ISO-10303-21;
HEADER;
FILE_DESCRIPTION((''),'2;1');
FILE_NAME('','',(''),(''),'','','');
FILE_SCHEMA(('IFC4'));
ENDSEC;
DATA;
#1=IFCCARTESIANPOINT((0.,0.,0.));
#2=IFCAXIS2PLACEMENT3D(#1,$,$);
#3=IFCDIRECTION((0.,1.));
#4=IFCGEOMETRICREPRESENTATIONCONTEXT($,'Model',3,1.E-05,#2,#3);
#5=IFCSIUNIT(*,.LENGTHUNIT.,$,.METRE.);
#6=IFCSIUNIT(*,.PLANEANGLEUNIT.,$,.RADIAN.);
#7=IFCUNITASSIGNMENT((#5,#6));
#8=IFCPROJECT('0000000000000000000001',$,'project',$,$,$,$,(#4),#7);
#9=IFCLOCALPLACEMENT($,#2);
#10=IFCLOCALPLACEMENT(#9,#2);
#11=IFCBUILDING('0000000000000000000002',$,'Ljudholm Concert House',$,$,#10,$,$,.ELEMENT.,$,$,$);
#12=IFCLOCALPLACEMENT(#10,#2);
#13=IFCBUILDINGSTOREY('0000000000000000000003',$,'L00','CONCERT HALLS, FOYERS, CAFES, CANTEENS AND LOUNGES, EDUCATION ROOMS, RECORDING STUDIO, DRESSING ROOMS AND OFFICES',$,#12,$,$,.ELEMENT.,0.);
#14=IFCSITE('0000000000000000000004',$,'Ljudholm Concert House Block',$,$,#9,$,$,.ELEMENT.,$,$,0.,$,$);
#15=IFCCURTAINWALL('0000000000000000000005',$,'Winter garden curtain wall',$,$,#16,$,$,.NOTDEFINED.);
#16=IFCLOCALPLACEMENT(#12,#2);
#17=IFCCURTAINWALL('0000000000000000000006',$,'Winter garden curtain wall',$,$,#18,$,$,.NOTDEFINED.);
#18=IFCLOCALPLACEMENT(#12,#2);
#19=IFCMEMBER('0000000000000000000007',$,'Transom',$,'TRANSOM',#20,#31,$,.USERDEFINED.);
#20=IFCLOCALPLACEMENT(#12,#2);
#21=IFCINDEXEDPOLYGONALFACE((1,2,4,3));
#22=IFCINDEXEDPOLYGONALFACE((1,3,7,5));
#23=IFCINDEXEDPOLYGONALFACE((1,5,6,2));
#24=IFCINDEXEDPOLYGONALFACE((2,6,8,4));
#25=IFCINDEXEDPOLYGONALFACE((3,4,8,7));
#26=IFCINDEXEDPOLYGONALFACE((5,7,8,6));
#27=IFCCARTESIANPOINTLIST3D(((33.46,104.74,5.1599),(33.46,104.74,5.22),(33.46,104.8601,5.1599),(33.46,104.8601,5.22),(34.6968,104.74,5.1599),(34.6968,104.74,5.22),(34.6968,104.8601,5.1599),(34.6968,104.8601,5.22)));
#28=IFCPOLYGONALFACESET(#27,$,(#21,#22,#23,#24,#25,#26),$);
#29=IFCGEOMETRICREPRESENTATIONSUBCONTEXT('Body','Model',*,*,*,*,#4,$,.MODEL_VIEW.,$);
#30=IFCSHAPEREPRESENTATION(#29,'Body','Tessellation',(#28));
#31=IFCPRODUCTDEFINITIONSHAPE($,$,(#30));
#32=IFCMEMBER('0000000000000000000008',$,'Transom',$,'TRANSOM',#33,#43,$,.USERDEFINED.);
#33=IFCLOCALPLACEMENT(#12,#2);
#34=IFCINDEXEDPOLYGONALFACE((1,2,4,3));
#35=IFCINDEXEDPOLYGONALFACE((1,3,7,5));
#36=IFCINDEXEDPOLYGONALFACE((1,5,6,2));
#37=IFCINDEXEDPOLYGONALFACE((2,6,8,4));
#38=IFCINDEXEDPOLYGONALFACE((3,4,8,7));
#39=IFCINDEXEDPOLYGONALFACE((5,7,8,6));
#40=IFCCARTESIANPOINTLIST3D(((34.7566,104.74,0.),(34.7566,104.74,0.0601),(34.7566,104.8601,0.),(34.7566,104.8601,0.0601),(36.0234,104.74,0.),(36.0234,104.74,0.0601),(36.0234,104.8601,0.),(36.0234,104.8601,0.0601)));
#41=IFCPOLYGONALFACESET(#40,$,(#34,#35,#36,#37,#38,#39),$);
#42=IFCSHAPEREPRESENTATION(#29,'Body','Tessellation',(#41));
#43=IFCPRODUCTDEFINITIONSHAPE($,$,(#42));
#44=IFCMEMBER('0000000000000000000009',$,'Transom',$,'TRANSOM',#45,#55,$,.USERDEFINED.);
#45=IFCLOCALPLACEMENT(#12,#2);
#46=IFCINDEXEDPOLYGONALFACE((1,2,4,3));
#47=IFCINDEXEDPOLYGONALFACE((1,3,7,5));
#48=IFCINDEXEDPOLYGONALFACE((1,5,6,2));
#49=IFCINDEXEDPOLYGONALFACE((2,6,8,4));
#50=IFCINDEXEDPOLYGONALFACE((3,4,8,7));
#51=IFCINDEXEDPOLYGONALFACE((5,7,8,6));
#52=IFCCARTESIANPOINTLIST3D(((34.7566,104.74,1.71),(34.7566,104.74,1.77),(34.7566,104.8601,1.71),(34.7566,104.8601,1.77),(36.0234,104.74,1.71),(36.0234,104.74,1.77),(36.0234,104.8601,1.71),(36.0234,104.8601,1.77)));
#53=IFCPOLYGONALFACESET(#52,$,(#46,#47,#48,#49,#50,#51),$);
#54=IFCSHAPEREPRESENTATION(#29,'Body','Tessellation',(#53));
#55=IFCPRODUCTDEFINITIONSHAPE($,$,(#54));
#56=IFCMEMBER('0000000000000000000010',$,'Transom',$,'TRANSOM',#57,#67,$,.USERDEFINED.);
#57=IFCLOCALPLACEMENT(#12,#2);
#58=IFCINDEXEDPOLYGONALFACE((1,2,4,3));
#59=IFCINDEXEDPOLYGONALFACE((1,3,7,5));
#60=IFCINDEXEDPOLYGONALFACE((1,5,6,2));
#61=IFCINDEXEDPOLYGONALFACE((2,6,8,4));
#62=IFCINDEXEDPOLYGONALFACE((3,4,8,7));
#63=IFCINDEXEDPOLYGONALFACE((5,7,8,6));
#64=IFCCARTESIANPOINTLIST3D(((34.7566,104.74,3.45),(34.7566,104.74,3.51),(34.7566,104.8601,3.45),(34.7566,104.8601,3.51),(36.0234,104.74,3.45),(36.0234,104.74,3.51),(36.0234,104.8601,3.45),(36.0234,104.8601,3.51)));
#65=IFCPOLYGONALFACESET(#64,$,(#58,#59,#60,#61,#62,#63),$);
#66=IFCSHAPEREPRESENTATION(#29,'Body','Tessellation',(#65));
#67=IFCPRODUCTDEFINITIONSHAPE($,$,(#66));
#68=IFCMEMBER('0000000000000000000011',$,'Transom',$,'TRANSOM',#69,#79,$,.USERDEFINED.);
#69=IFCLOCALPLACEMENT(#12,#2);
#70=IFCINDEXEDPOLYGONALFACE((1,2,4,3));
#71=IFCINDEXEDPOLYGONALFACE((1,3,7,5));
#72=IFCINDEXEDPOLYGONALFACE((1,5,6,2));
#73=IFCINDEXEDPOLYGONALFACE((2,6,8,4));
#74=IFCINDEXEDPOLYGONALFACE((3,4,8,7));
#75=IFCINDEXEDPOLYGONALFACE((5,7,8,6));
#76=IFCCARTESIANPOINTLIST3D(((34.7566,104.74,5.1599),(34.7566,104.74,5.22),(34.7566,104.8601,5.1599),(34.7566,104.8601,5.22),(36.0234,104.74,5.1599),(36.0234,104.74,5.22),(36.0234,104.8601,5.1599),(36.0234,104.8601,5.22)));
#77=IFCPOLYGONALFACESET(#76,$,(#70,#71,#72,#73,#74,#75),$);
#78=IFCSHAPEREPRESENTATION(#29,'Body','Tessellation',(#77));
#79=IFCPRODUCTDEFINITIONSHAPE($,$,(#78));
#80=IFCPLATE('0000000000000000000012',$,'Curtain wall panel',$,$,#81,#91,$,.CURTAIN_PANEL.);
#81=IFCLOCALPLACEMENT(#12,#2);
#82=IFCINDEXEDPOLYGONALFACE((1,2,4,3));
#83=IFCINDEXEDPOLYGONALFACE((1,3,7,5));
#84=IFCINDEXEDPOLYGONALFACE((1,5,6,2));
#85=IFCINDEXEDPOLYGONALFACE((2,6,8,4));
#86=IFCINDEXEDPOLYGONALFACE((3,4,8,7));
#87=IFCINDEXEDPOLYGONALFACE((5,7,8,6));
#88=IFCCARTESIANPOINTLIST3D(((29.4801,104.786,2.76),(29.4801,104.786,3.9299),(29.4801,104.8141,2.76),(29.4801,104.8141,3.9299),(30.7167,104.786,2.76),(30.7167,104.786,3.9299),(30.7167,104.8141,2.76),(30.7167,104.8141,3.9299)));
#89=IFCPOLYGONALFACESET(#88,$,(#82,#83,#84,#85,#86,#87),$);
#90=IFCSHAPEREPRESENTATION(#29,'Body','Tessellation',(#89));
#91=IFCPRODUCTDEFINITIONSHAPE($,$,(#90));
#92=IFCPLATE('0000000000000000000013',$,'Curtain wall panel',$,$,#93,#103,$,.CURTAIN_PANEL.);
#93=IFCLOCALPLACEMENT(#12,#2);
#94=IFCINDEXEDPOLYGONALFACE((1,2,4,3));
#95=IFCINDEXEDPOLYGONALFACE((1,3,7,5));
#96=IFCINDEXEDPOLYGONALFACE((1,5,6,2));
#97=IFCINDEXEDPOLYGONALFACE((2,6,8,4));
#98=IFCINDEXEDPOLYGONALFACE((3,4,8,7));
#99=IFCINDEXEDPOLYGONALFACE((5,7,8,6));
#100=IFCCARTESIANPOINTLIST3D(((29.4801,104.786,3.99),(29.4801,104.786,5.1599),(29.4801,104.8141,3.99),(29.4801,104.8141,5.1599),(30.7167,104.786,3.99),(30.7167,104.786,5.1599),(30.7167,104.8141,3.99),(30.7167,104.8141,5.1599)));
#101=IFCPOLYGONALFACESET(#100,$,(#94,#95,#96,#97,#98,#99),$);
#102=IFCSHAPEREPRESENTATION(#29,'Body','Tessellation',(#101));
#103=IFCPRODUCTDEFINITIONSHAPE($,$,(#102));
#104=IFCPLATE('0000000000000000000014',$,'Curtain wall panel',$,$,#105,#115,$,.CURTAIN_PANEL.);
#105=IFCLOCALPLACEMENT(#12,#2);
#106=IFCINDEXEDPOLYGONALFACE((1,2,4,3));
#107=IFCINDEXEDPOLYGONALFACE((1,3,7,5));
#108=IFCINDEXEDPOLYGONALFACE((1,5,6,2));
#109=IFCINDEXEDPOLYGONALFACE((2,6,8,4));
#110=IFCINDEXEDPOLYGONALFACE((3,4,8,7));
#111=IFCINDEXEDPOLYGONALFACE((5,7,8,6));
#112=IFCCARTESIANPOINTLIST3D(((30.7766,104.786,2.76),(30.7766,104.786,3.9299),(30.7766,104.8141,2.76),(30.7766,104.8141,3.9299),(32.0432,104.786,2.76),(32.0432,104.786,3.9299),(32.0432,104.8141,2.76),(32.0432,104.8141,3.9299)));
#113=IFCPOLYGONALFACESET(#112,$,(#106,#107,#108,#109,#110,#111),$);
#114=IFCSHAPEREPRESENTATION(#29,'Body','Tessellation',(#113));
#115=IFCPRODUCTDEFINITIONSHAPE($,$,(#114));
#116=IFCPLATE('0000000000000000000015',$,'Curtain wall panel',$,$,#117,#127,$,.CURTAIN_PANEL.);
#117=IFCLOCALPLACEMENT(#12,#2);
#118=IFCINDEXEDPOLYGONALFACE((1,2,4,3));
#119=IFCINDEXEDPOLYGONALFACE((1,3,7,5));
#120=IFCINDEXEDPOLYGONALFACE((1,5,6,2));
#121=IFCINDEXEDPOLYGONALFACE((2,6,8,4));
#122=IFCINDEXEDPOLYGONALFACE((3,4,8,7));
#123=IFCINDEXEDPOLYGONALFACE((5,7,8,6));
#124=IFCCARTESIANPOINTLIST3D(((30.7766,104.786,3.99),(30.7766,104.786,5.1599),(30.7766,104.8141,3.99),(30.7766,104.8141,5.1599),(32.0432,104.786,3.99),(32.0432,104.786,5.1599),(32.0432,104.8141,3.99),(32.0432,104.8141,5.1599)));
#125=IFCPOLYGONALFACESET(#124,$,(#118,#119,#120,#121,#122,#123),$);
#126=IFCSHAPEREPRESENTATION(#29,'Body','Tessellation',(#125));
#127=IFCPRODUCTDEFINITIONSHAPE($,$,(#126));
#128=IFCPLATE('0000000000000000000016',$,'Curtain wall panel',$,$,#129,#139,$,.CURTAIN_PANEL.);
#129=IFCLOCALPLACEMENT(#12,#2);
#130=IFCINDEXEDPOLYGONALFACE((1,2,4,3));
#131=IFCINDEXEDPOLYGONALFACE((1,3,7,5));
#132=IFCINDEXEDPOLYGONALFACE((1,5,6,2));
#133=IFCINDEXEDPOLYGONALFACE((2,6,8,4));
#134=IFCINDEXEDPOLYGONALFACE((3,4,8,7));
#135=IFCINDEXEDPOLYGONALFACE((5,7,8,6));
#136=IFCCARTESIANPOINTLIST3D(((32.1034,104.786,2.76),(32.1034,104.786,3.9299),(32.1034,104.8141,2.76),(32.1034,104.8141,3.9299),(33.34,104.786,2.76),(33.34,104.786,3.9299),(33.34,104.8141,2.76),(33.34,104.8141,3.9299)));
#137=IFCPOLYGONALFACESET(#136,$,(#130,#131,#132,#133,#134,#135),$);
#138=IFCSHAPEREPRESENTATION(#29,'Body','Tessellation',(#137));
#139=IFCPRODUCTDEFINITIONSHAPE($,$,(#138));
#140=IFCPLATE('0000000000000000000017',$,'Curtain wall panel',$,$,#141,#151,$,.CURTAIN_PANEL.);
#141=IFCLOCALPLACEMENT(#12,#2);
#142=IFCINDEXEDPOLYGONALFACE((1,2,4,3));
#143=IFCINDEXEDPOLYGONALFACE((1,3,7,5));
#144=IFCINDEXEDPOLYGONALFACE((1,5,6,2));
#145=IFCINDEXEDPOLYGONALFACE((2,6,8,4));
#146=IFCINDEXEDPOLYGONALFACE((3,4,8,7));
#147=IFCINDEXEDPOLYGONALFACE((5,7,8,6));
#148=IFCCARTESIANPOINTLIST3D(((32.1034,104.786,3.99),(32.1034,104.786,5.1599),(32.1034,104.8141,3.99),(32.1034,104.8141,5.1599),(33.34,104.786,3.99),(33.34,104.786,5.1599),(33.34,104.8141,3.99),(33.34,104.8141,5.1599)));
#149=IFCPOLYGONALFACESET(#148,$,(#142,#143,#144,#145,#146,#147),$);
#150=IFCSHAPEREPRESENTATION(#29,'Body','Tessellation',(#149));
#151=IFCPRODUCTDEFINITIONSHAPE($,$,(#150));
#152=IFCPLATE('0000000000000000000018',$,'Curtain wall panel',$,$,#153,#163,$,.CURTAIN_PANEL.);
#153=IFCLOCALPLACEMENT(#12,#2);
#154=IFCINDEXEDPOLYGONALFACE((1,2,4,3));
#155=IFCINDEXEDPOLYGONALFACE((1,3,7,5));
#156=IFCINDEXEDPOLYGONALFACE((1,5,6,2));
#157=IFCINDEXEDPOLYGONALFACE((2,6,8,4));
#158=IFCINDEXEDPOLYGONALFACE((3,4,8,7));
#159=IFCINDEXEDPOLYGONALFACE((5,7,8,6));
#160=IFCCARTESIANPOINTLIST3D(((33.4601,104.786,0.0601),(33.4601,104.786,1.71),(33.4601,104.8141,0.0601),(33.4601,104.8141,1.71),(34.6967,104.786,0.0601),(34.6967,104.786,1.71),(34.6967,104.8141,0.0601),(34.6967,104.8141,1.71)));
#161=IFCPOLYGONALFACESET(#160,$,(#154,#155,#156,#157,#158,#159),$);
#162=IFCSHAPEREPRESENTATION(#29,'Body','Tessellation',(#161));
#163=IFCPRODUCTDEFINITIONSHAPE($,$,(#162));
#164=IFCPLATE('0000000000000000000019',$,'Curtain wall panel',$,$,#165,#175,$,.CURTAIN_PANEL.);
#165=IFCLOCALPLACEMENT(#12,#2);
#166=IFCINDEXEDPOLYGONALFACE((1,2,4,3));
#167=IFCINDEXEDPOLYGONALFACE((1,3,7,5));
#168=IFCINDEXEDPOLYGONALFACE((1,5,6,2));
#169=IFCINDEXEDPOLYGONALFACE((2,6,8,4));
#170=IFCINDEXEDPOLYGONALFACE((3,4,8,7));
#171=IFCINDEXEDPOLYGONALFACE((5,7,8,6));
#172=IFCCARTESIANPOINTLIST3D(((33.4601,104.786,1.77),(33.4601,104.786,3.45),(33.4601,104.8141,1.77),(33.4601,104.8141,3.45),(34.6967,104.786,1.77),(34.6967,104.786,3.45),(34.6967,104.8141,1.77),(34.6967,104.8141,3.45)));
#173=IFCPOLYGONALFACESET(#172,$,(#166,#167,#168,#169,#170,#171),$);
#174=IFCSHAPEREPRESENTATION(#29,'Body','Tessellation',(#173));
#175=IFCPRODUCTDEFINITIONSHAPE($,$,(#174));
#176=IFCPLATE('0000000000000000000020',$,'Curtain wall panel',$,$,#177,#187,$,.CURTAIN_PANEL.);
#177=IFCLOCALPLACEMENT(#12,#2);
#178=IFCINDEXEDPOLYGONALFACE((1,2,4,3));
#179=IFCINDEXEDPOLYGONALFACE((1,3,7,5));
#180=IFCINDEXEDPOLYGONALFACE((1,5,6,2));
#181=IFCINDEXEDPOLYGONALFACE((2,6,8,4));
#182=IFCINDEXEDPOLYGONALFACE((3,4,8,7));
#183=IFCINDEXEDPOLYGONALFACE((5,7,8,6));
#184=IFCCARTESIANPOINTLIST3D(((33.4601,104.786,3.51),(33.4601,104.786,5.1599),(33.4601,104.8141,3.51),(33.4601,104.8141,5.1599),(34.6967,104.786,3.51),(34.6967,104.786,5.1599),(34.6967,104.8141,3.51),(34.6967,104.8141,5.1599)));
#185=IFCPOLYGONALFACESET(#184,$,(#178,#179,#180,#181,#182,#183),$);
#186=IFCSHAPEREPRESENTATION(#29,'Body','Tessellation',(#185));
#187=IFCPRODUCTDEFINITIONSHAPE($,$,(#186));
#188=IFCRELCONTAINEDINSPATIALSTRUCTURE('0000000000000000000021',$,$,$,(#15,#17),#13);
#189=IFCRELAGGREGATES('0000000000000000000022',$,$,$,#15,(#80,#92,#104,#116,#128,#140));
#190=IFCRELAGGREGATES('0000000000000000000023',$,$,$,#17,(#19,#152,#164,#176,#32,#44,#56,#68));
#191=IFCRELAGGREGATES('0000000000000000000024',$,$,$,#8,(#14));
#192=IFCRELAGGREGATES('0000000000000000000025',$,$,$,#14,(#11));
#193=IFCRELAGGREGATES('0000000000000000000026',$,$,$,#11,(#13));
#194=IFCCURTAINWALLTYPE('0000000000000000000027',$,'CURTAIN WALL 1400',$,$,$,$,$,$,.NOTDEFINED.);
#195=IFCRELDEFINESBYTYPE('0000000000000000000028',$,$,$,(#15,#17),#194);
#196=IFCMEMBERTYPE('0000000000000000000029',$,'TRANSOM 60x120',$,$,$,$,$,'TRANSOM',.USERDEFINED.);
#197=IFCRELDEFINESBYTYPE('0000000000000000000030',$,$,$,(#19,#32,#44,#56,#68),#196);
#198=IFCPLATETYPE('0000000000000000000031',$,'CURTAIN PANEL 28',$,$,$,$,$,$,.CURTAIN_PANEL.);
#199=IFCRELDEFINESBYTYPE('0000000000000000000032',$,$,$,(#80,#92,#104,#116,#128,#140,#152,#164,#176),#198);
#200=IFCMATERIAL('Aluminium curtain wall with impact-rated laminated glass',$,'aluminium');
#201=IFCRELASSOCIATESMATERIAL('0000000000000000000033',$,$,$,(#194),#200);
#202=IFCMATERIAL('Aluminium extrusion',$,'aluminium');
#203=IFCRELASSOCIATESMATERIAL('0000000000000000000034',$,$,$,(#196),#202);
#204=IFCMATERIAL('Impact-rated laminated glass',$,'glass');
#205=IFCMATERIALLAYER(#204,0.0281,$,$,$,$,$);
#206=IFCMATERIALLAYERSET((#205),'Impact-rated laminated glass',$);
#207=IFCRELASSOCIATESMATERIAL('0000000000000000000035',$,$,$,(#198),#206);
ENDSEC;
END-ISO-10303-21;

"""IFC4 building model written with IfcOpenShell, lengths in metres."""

from ifc_helpers import new_model, si_unit, direction, frame, origin, origin_2d, place, context, subcontext, project, spatial, rectangle, extrude, material, layer, layer_set, material_profile, profile_set, type_object, element, aggregate, save


model = new_model("IFC4")

# Units and contexts
model_context = context("Model", 3, precision=1e-05, world=origin(), true_north=direction((0.0, 1.0)))
body_context = subcontext(model_context, "Body", "Model", "MODEL_VIEW")
ifc_project = project(units=[si_unit("LENGTHUNIT", "METRE"), si_unit("PLANEANGLEUNIT", "RADIAN")], contexts=[model_context])

# Site, building, storey
site_placement = place(None, origin())
site = spatial("IfcSite", under=ifc_project, at=site_placement, Name="Ljudholm Concert House Block", CompositionType="ELEMENT", RefElevation=0.0)
building_placement = place(site_placement, origin())
building = spatial("IfcBuilding", under=site, at=building_placement, Name="Ljudholm Concert House", CompositionType="ELEMENT")
storey_placement = place(building_placement, origin())
storey = spatial("IfcBuildingStorey", under=building, at=storey_placement, Name="L00", Description="CONCERT HALLS, FOYERS, CAFES, CANTEENS AND LOUNGES, EDUCATION ROOMS, RECORDING STUDIO, DRESSING ROOMS AND OFFICES", CompositionType="ELEMENT", Elevation=0.0)

# Curtain walls
ifc_material_1 = material(Name="Aluminium curtain wall with impact-rated laminated glass", Category="aluminium")
curtain_wall_type = type_object("IfcCurtainWallType", Name="CURTAIN WALL 1400", PredefinedType="NOTDEFINED", material=ifc_material_1)
curtain_wall_1_placement = place(storey_placement, origin())
curtain_wall_1 = element("IfcCurtainWall", 1, at=curtain_wall_1_placement, inside=storey, type_object=curtain_wall_type, Name="Winter garden curtain wall", PredefinedType="NOTDEFINED")
curtain_wall_2_placement = place(storey_placement, origin())
curtain_wall_2 = element("IfcCurtainWall", 2, at=curtain_wall_2_placement, inside=storey, type_object=curtain_wall_type, Name="Winter garden curtain wall", PredefinedType="NOTDEFINED")

# Members
ifc_material_2 = material(Name="Aluminium extrusion", Category="aluminium")
ifc_material_profile_1 = material_profile(ifc_material_2, rectangle(XDim=0.1201, YDim=0.0601, at=origin_2d()), Name="TRANSOM 60x120")
ifc_profile_set_1 = profile_set([ifc_material_profile_1], Name="Aluminium extrusion")
member_type_1 = type_object("IfcMemberType", Name="TRANSOM 60x120", ElementType="TRANSOM", PredefinedType="USERDEFINED", material=ifc_profile_set_1)
member_1_placement = place(storey_placement, frame((33.46, 104.8, 5.1899), z_axis=(1.0, 0.0, 0.0), x_axis=(0.0, 1.0, 0.0)))
member_1 = element("IfcMember", 3, at=member_1_placement, type_object=member_type_1, Name="Transom", ObjectType="TRANSOM", PredefinedType="USERDEFINED", context=body_context, shape_type="SweptSolid", body=[
    extrude(rectangle(XDim=0.1201, YDim=0.0601, at=origin_2d()), origin(), (0.0, 0.0, 1.0), 1.2368),
])
member_2_placement = place(storey_placement, frame((34.7566, 104.8, 0.03), z_axis=(1.0, 0.0, 0.0), x_axis=(0.0, 1.0, 0.0)))
member_2 = element("IfcMember", 4, at=member_2_placement, type_object=member_type_1, Name="Transom", ObjectType="TRANSOM", PredefinedType="USERDEFINED", context=body_context, shape_type="SweptSolid", body=[
    extrude(rectangle(XDim=0.1201, YDim=0.0601, at=origin_2d()), origin(), (0.0, 0.0, 1.0), 1.2668),
])
member_3_placement = place(storey_placement, frame((34.7566, 104.8, 1.74), z_axis=(1.0, 0.0, 0.0), x_axis=(0.0, 1.0, 0.0)))
member_3 = element("IfcMember", 5, at=member_3_placement, type_object=member_type_1, Name="Transom", ObjectType="TRANSOM", PredefinedType="USERDEFINED", context=body_context, shape_type="SweptSolid", body=[
    extrude(rectangle(XDim=0.1201, YDim=0.0601, at=origin_2d()), origin(), (0.0, 0.0, 1.0), 1.2668),
])
member_4_placement = place(storey_placement, frame((34.7566, 104.8, 3.48), z_axis=(1.0, 0.0, 0.0), x_axis=(0.0, 1.0, 0.0)))
member_4 = element("IfcMember", 6, at=member_4_placement, type_object=member_type_1, Name="Transom", ObjectType="TRANSOM", PredefinedType="USERDEFINED", context=body_context, shape_type="SweptSolid", body=[
    extrude(rectangle(XDim=0.1201, YDim=0.0601, at=origin_2d()), origin(), (0.0, 0.0, 1.0), 1.2668),
])
member_5_placement = place(storey_placement, frame((34.7566, 104.8, 5.1899), z_axis=(1.0, 0.0, 0.0), x_axis=(0.0, 1.0, 0.0)))
member_5 = element("IfcMember", 7, at=member_5_placement, type_object=member_type_1, Name="Transom", ObjectType="TRANSOM", PredefinedType="USERDEFINED", context=body_context, shape_type="SweptSolid", body=[
    extrude(rectangle(XDim=0.1201, YDim=0.0601, at=origin_2d()), origin(), (0.0, 0.0, 1.0), 1.2668),
])

# Plates
ifc_material_3 = material(Name="Impact-rated laminated glass", Category="glass")
ifc_layer = layer(ifc_material_3, 0.0281)
ifc_layer_set = layer_set([ifc_layer], Name="Impact-rated laminated glass")
plate_type = type_object("IfcPlateType", Name="CURTAIN PANEL 28", PredefinedType="CURTAIN_PANEL", material=ifc_layer_set)
plate_1_placement = place(storey_placement, frame((30.0984, 104.8, 2.76), z_axis=(0.0, 0.0, 1.0), x_axis=(1.0, 0.0, 0.0)))
plate_1 = element("IfcPlate", 8, at=plate_1_placement, type_object=plate_type, Name="Curtain wall panel", PredefinedType="CURTAIN_PANEL", context=body_context, shape_type="SweptSolid", body=[
    extrude(rectangle(XDim=1.2366, YDim=0.0281, at=origin_2d()), origin(), (0.0, 0.0, 1.0), 1.1699),
])
plate_2_placement = place(storey_placement, frame((30.0984, 104.8, 3.99), z_axis=(0.0, 0.0, 1.0), x_axis=(1.0, 0.0, 0.0)))
plate_2 = element("IfcPlate", 9, at=plate_2_placement, type_object=plate_type, Name="Curtain wall panel", PredefinedType="CURTAIN_PANEL", context=body_context, shape_type="SweptSolid", body=[
    extrude(rectangle(XDim=1.2366, YDim=0.0281, at=origin_2d()), origin(), (0.0, 0.0, 1.0), 1.1699),
])
plate_3_placement = place(storey_placement, frame((31.4099, 104.8, 2.76), z_axis=(0.0, 0.0, 1.0), x_axis=(1.0, 0.0, 0.0)))
plate_3 = element("IfcPlate", 10, at=plate_3_placement, type_object=plate_type, Name="Curtain wall panel", PredefinedType="CURTAIN_PANEL", context=body_context, shape_type="SweptSolid", body=[
    extrude(rectangle(XDim=1.2666, YDim=0.0281, at=origin_2d()), origin(), (0.0, 0.0, 1.0), 1.1699),
])
plate_4_placement = place(storey_placement, frame((31.4099, 104.8, 3.99), z_axis=(0.0, 0.0, 1.0), x_axis=(1.0, 0.0, 0.0)))
plate_4 = element("IfcPlate", 11, at=plate_4_placement, type_object=plate_type, Name="Curtain wall panel", PredefinedType="CURTAIN_PANEL", context=body_context, shape_type="SweptSolid", body=[
    extrude(rectangle(XDim=1.2666, YDim=0.0281, at=origin_2d()), origin(), (0.0, 0.0, 1.0), 1.1699),
])
plate_5_placement = place(storey_placement, frame((32.7217, 104.8, 2.76), z_axis=(0.0, 0.0, 1.0), x_axis=(1.0, 0.0, 0.0)))
plate_5 = element("IfcPlate", 12, at=plate_5_placement, type_object=plate_type, Name="Curtain wall panel", PredefinedType="CURTAIN_PANEL", context=body_context, shape_type="SweptSolid", body=[
    extrude(rectangle(XDim=1.2366, YDim=0.0281, at=origin_2d()), origin(), (0.0, 0.0, 1.0), 1.1699),
])
plate_6_placement = place(storey_placement, frame((32.7217, 104.8, 3.99), z_axis=(0.0, 0.0, 1.0), x_axis=(1.0, 0.0, 0.0)))
plate_6 = element("IfcPlate", 13, at=plate_6_placement, type_object=plate_type, Name="Curtain wall panel", PredefinedType="CURTAIN_PANEL", context=body_context, shape_type="SweptSolid", body=[
    extrude(rectangle(XDim=1.2366, YDim=0.0281, at=origin_2d()), origin(), (0.0, 0.0, 1.0), 1.1699),
])
aggregate(curtain_wall_1, [plate_1, plate_2, plate_3, plate_4, plate_5, plate_6])
plate_7_placement = place(storey_placement, frame((34.0784, 104.8, 0.0601), z_axis=(0.0, 0.0, 1.0), x_axis=(1.0, 0.0, 0.0)))
plate_7 = element("IfcPlate", 14, at=plate_7_placement, type_object=plate_type, Name="Curtain wall panel", PredefinedType="CURTAIN_PANEL", context=body_context, shape_type="SweptSolid", body=[
    extrude(rectangle(XDim=1.2366, YDim=0.0281, at=origin_2d()), origin(), (0.0, 0.0, 1.0), 1.6499),
])
plate_8_placement = place(storey_placement, frame((34.0784, 104.8, 1.77), z_axis=(0.0, 0.0, 1.0), x_axis=(1.0, 0.0, 0.0)))
plate_8 = element("IfcPlate", 15, at=plate_8_placement, type_object=plate_type, Name="Curtain wall panel", PredefinedType="CURTAIN_PANEL", context=body_context, shape_type="SweptSolid", body=[
    extrude(rectangle(XDim=1.2366, YDim=0.0281, at=origin_2d()), origin(), (0.0, 0.0, 1.0), 1.6799),
])
plate_9_placement = place(storey_placement, frame((34.0784, 104.8, 3.51), z_axis=(0.0, 0.0, 1.0), x_axis=(1.0, 0.0, 0.0)))
plate_9 = element("IfcPlate", 16, at=plate_9_placement, type_object=plate_type, Name="Curtain wall panel", PredefinedType="CURTAIN_PANEL", context=body_context, shape_type="SweptSolid", body=[
    extrude(rectangle(XDim=1.2366, YDim=0.0281, at=origin_2d()), origin(), (0.0, 0.0, 1.0), 1.6499),
])
aggregate(curtain_wall_2, [member_1, plate_7, plate_8, plate_9, member_2, member_3, member_4, member_5])

save(model, "model.ifc")
